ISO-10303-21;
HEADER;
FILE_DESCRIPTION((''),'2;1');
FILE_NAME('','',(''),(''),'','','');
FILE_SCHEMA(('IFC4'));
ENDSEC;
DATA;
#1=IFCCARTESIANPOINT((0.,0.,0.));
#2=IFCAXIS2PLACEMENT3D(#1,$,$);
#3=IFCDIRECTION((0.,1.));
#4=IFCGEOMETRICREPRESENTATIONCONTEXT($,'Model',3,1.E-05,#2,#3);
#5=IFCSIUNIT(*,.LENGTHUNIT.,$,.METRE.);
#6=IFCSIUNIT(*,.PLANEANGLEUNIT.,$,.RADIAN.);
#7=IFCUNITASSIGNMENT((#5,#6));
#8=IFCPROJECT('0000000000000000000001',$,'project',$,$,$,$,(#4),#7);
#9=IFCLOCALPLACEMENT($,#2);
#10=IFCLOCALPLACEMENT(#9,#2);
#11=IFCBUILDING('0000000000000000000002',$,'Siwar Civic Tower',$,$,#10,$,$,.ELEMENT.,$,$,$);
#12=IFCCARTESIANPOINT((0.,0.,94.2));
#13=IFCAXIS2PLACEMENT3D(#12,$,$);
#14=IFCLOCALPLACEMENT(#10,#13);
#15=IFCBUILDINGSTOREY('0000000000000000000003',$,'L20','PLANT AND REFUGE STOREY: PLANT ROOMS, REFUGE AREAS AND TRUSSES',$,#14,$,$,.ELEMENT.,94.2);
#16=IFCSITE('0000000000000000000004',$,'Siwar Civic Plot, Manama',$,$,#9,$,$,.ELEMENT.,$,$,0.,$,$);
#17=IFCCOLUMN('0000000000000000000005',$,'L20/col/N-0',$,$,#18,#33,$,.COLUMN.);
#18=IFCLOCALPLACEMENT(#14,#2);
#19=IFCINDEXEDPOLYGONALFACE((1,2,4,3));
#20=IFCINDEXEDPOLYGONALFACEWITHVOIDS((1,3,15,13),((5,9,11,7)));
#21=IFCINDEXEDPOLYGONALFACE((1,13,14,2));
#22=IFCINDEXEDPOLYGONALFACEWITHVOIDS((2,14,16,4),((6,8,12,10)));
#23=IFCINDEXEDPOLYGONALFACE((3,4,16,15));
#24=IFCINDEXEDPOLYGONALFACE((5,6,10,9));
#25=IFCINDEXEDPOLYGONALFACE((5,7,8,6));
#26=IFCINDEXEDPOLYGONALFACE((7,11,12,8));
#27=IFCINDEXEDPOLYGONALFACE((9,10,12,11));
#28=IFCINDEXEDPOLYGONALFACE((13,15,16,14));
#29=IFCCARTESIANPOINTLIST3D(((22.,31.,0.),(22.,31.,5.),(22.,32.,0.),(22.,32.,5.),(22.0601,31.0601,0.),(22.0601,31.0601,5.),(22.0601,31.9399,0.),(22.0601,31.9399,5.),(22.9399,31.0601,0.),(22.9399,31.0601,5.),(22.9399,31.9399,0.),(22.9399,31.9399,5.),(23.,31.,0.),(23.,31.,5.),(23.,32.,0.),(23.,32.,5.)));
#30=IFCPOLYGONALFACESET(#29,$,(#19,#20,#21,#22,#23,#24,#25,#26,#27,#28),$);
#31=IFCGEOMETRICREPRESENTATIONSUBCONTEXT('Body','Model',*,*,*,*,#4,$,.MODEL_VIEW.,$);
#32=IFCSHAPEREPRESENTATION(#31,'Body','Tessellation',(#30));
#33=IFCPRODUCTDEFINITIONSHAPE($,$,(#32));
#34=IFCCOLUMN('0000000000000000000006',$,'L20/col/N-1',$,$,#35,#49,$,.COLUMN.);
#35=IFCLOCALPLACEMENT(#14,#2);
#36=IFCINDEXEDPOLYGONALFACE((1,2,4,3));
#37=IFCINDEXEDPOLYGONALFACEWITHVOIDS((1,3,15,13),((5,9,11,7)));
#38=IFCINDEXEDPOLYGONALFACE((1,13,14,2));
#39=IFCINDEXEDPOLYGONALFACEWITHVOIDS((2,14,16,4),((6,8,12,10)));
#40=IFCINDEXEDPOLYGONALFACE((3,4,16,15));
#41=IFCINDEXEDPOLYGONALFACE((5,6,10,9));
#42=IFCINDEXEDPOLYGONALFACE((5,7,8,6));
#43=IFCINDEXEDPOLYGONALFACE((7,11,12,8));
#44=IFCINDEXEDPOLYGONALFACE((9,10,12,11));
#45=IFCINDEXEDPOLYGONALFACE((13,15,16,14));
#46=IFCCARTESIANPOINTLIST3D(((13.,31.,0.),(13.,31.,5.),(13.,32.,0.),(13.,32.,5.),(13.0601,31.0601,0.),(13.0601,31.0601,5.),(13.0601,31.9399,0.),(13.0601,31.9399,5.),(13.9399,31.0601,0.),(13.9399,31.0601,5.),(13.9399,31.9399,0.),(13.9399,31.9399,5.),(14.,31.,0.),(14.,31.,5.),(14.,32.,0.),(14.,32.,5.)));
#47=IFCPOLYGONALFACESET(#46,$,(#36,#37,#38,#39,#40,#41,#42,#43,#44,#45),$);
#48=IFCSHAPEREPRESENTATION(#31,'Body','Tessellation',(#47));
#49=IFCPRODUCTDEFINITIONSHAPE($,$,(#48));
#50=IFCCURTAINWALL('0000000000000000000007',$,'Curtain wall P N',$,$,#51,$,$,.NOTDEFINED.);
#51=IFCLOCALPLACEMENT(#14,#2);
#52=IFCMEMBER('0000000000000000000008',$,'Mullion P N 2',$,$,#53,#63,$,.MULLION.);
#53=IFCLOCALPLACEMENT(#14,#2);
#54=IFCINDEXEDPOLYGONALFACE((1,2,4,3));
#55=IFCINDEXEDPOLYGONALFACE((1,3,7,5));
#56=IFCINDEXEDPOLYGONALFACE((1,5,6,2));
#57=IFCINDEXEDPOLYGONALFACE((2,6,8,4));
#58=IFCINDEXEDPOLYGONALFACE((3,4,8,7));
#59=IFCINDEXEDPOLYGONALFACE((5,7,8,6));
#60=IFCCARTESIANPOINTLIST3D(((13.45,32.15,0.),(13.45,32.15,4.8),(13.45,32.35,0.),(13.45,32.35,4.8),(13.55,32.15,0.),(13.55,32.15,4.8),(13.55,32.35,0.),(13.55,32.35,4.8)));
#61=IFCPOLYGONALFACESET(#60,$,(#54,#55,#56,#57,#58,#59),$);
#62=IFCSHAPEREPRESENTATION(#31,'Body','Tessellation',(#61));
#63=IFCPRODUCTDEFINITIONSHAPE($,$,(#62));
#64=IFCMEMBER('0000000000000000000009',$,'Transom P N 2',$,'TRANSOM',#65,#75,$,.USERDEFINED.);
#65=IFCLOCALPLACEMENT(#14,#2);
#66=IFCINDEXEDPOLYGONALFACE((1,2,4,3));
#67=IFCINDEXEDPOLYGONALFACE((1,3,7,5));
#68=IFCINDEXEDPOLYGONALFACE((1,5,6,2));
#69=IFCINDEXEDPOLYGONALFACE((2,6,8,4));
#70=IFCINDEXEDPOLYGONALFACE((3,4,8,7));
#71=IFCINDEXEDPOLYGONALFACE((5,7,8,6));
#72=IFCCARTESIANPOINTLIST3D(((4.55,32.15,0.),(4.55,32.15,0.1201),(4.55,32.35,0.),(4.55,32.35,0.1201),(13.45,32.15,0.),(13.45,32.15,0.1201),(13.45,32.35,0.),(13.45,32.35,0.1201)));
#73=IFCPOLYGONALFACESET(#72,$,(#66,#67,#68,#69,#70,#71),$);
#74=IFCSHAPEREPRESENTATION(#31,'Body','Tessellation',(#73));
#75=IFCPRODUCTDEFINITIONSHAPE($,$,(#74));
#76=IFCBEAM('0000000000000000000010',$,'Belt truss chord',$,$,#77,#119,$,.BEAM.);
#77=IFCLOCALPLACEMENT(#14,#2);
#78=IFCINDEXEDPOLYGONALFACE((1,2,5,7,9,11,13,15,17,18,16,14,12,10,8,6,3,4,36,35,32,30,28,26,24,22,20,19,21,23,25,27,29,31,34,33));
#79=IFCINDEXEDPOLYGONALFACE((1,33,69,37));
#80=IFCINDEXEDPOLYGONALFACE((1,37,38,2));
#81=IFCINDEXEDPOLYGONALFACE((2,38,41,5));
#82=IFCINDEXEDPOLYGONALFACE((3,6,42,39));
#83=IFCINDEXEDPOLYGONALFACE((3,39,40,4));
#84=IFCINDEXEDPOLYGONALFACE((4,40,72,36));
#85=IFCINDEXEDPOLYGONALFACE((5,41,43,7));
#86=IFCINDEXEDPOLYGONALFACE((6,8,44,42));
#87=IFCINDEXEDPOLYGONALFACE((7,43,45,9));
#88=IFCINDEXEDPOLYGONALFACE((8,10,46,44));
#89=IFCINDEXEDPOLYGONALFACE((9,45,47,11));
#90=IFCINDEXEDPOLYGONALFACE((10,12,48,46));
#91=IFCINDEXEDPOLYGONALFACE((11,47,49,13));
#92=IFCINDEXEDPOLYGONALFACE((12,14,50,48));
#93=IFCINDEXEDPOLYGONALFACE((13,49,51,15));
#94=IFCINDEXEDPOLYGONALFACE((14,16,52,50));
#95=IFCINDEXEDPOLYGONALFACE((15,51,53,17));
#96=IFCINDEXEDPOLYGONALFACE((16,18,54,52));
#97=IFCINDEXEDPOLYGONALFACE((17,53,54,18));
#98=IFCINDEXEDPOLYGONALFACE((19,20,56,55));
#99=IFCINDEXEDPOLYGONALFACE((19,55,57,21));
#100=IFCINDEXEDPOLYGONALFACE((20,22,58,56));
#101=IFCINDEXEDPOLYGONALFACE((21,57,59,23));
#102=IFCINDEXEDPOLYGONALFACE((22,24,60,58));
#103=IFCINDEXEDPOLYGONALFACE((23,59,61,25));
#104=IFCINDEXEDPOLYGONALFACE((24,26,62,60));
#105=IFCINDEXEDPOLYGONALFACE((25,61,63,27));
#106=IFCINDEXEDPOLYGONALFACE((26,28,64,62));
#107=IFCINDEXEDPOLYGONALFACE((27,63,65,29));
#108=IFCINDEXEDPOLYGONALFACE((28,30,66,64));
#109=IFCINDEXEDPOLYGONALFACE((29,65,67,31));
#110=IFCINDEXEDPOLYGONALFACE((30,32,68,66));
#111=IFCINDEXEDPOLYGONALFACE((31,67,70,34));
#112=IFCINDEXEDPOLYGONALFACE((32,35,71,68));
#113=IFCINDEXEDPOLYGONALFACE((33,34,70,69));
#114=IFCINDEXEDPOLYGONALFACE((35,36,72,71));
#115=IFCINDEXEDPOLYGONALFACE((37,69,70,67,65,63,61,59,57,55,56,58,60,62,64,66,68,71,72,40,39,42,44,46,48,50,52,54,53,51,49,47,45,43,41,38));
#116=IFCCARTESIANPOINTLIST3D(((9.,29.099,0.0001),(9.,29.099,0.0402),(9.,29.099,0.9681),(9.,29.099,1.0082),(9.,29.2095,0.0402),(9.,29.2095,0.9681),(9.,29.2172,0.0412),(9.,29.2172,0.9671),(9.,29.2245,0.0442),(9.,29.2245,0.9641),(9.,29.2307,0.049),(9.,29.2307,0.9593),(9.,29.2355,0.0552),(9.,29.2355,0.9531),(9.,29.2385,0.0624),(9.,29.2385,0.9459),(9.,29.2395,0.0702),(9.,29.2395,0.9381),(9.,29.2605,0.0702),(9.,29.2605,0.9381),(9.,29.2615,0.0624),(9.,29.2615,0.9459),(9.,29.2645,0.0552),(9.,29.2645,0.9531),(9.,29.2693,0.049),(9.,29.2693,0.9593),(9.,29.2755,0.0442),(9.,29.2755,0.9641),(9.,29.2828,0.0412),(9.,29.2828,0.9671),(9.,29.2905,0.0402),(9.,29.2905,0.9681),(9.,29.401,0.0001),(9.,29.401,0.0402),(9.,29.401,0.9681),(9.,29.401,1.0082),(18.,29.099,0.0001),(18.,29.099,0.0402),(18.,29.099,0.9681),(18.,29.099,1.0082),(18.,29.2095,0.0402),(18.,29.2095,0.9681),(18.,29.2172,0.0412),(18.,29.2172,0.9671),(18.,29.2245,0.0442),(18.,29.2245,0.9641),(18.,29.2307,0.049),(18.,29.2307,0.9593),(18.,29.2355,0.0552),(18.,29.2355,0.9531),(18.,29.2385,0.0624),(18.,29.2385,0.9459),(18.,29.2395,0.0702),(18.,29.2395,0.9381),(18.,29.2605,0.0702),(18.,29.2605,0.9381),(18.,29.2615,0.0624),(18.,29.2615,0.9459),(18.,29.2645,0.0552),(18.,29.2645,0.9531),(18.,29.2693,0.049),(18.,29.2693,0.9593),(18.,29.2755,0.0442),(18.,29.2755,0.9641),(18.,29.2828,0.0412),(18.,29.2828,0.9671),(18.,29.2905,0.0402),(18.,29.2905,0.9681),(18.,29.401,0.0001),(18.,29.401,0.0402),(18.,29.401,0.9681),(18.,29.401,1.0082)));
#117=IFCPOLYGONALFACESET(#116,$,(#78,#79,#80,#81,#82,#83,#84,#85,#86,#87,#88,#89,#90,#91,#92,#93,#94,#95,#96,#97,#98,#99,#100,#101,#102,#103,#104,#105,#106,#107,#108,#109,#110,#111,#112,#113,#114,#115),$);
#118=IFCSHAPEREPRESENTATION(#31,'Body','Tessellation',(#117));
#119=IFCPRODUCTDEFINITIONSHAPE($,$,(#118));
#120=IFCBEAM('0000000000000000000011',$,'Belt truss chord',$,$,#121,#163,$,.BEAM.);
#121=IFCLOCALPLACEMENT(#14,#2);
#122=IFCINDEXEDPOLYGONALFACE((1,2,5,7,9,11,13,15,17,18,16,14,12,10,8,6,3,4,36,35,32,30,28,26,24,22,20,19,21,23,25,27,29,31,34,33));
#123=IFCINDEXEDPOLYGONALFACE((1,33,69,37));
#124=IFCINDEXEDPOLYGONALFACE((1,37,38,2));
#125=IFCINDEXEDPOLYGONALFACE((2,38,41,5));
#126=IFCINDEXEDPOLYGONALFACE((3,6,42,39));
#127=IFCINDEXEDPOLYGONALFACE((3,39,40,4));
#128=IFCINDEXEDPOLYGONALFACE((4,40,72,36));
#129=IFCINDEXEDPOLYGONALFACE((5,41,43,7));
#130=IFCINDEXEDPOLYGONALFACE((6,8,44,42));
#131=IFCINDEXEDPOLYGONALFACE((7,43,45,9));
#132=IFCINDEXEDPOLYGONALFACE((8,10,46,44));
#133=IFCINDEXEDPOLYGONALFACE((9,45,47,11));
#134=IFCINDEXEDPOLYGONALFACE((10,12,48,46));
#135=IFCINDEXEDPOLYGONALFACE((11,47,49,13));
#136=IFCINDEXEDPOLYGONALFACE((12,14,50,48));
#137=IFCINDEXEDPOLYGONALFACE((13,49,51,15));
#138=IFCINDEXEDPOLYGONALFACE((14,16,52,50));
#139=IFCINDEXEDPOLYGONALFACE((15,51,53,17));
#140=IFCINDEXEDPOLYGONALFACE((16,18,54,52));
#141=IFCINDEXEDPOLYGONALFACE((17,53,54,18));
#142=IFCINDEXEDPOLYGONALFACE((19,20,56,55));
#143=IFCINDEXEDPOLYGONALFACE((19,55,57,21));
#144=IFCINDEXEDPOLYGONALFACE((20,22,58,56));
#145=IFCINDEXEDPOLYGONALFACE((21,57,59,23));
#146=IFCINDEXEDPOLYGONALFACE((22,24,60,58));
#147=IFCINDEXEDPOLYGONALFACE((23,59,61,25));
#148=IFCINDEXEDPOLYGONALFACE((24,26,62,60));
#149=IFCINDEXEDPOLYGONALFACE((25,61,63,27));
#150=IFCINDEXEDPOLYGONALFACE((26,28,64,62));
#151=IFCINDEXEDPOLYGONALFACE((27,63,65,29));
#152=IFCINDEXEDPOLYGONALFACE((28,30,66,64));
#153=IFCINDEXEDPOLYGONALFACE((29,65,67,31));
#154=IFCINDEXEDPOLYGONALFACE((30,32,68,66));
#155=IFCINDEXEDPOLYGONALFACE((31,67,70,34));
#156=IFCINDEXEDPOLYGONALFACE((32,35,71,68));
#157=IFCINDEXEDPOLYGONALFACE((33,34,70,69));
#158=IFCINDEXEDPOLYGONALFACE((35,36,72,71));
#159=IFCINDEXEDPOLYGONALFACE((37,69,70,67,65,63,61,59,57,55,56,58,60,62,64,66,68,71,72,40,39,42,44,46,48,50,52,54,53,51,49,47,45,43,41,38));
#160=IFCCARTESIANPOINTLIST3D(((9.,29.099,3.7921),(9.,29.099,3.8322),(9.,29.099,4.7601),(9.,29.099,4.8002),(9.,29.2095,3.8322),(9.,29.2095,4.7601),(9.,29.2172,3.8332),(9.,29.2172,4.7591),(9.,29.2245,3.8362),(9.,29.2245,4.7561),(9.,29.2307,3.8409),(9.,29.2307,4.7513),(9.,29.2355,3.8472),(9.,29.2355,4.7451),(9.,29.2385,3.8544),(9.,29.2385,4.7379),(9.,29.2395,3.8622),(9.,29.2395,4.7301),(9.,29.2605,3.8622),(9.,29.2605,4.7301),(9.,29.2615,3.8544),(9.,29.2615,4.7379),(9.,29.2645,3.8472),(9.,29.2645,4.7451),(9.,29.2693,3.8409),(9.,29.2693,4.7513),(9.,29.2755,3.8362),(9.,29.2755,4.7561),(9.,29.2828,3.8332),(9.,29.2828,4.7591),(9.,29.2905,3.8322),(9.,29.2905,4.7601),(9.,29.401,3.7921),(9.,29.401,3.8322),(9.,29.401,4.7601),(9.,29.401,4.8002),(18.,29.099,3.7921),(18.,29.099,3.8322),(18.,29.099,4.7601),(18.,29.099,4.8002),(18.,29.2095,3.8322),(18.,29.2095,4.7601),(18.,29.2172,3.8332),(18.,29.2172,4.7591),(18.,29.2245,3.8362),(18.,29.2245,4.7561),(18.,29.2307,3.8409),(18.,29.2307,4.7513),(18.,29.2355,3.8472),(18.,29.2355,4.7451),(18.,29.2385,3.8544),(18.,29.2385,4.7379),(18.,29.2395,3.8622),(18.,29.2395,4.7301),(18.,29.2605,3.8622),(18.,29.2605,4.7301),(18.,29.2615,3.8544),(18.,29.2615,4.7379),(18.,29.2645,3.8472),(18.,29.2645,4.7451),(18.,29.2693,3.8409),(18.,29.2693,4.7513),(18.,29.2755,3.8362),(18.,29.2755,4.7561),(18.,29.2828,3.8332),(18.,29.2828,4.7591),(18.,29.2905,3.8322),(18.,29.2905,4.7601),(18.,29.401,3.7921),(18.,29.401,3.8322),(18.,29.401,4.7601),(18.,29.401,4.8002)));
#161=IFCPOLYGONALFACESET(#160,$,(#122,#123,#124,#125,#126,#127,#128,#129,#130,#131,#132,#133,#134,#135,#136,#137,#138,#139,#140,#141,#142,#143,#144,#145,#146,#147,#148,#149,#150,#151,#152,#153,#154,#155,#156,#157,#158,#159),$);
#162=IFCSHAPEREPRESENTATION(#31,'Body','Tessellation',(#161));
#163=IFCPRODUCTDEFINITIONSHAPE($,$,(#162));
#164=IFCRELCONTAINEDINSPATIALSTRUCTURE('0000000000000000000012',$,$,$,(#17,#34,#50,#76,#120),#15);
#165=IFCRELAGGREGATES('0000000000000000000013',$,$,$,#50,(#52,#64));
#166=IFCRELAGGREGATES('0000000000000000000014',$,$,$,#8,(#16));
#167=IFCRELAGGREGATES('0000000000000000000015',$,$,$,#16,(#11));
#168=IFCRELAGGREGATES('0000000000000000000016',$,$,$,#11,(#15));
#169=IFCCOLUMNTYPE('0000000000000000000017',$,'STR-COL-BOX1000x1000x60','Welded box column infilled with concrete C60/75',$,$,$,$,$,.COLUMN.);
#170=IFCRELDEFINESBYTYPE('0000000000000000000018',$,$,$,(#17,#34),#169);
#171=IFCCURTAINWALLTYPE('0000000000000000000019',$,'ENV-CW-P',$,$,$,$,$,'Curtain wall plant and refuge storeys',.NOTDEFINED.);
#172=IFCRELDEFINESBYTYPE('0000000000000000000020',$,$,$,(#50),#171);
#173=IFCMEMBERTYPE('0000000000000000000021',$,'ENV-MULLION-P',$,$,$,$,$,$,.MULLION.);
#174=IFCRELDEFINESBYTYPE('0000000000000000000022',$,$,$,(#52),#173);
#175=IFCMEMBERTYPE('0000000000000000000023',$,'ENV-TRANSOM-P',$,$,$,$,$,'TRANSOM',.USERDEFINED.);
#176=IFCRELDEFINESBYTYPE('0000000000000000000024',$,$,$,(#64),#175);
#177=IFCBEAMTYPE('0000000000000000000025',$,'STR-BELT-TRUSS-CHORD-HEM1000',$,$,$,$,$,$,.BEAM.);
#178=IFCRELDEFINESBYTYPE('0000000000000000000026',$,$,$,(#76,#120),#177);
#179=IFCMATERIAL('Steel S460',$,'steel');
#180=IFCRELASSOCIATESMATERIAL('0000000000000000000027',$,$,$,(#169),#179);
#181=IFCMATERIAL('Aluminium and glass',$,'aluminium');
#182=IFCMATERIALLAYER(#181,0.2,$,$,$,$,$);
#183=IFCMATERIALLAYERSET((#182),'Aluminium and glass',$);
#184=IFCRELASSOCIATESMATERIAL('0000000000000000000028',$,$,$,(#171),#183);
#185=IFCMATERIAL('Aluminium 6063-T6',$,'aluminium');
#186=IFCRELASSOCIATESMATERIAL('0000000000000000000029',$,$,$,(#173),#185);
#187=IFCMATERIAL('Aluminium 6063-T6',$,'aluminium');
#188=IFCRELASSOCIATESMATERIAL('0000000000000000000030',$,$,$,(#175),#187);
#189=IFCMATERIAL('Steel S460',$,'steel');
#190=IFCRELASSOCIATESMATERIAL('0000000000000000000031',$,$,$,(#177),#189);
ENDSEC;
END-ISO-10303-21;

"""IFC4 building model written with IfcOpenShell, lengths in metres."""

from ifc_helpers import new_model, si_unit, direction, frame, origin, origin_2d, place, context, subcontext, project, spatial, rectangle, hollow_rectangle, i_section, extrude, material, layer, layer_set, material_profile, profile_set, type_object, element, aggregate, save


model = new_model("IFC4")

# Units and contexts
model_context = context("Model", 3, precision=1e-05, world=origin(), true_north=direction((0.0, 1.0)))
body_context = subcontext(model_context, "Body", "Model", "MODEL_VIEW")
ifc_project = project(units=[si_unit("LENGTHUNIT", "METRE"), si_unit("PLANEANGLEUNIT", "RADIAN")], contexts=[model_context])

# Site, building, storey
site_placement = place(None, origin())
site = spatial("IfcSite", under=ifc_project, at=site_placement, Name="Siwar Civic Plot, Manama", CompositionType="ELEMENT", RefElevation=0.0)
building_placement = place(site_placement, origin())
building = spatial("IfcBuilding", under=site, at=building_placement, Name="Siwar Civic Tower", CompositionType="ELEMENT")
storey_placement = place(building_placement, frame((0.0, 0.0, 94.2)))
storey = spatial("IfcBuildingStorey", under=building, at=storey_placement, Name="L20", Description="PLANT AND REFUGE STOREY: PLANT ROOMS, REFUGE AREAS AND TRUSSES", CompositionType="ELEMENT", Elevation=94.2)

# Columns
ifc_material_1 = material(Name="Steel S460", Category="steel")
ifc_material_profile_1 = material_profile(ifc_material_1, hollow_rectangle(XDim=1.0, YDim=1.0, WallThickness=0.0601, at=origin_2d()), Name="BOX1000x1000x60")
ifc_profile_set_1 = profile_set([ifc_material_profile_1], Name="Steel S460")
column_type = type_object("IfcColumnType", Name="STR-COL-BOX1000x1000x60", Description="Welded box column infilled with concrete C60/75", PredefinedType="COLUMN", material=ifc_profile_set_1)
for number, where, z_axis, x_axis, name in (
    (1, (22.5, 31.5, 0.0), (0.0, 0.0, 1.0), (1.0, 0.0, 0.0), "L20/col/N-0"),
    (2, (13.5, 31.5, 0.0), (0.0, 0.0, 1.0), (1.0, 0.0, 0.0), "L20/col/N-1"),
):
    element("IfcColumn", number, at=place(storey_placement, frame(where, z_axis=z_axis, x_axis=x_axis)), inside=storey, type_object=column_type, Name=name, PredefinedType="COLUMN", context=body_context, shape_type="SweptSolid", body=[
        extrude(hollow_rectangle(XDim=1.0, YDim=1.0, WallThickness=0.0601, at=origin_2d()), origin(), (0.0, 0.0, 1.0), 5.0),
    ])

# Curtain wall, members
ifc_material_2 = material(Name="Aluminium and glass", Category="aluminium")
ifc_layer_1 = layer(ifc_material_2, 0.2)
ifc_layer_set_1 = layer_set([ifc_layer_1], Name="Aluminium and glass")
curtain_wall_type = type_object("IfcCurtainWallType", Name="ENV-CW-P", ElementType="Curtain wall plant and refuge storeys", PredefinedType="NOTDEFINED", material=ifc_layer_set_1)
curtain_wall_placement = place(storey_placement, origin())
curtain_wall = element("IfcCurtainWall", 3, at=curtain_wall_placement, inside=storey, type_object=curtain_wall_type, Name="Curtain wall P N", PredefinedType="NOTDEFINED")
ifc_material_3 = material(Name="Aluminium 6063-T6", Category="aluminium")
ifc_material_profile_2 = material_profile(ifc_material_3, rectangle(XDim=0.2, YDim=0.1001, at=origin_2d()), Name="AL 200x100")
ifc_profile_set_2 = profile_set([ifc_material_profile_2], Name="Aluminium 6063-T6")
member_type_1 = type_object("IfcMemberType", Name="ENV-MULLION-P", PredefinedType="MULLION", material=ifc_profile_set_2)
member_1_placement = place(storey_placement, frame((13.5, 32.25, 0.0), z_axis=(0.0, 0.0, 1.0), x_axis=(0.0, -1.0, 0.0)))
member_1 = element("IfcMember", 4, at=member_1_placement, type_object=member_type_1, Name="Mullion P N 2", PredefinedType="MULLION", context=body_context, shape_type="SweptSolid", body=[
    extrude(rectangle(XDim=0.2, YDim=0.1001, at=origin_2d()), origin(), (0.0, 0.0, 1.0), 4.8),
])
ifc_material_4 = material(Name="Aluminium 6063-T6", Category="aluminium")
ifc_material_profile_3 = material_profile(ifc_material_4, rectangle(XDim=0.2, YDim=0.1201, at=origin_2d()), Name="AL 200x120")
ifc_profile_set_3 = profile_set([ifc_material_profile_3], Name="Aluminium 6063-T6")
member_type_2 = type_object("IfcMemberType", Name="ENV-TRANSOM-P", ElementType="TRANSOM", PredefinedType="USERDEFINED", material=ifc_profile_set_3)
member_2_placement = place(storey_placement, frame((13.45, 32.25, 0.0601), z_axis=(-1.0, 0.0, 0.0), x_axis=(0.0, -1.0, 0.0)))
member_2 = element("IfcMember", 5, at=member_2_placement, type_object=member_type_2, Name="Transom P N 2", ObjectType="TRANSOM", PredefinedType="USERDEFINED", context=body_context, shape_type="SweptSolid", body=[
    extrude(rectangle(XDim=0.2, YDim=0.1201, at=origin_2d()), origin(), (0.0, 0.0, 1.0), 8.8999),
])

# Beams
ifc_material_5 = material(Name="Steel S460", Category="steel")
ifc_material_profile_4 = material_profile(ifc_material_5, i_section(OverallWidth=0.302, OverallDepth=1.0081, WebThickness=0.021, FlangeThickness=0.04, FilletRadius=0.03, at=origin_2d()), Name="HEM1000")
ifc_profile_set_4 = profile_set([ifc_material_profile_4], Name="Steel S460")
beam_type_1 = type_object("IfcBeamType", Name="STR-BELT-TRUSS-CHORD-HEM1000", PredefinedType="BEAM", material=ifc_profile_set_4)
for number, where, z_axis, x_axis, name in (
    (6, (18.0, 29.25, 0.5042), (-1.0, 0.0, 0.0), (0.0, -1.0, 0.0), "Belt truss chord"),
    (7, (18.0, 29.25, 4.2961), (-1.0, 0.0, 0.0), (0.0, -1.0, 0.0), "Belt truss chord"),
):
    element("IfcBeam", number, at=place(storey_placement, frame(where, z_axis=z_axis, x_axis=x_axis)), inside=storey, type_object=beam_type_1, Name=name, PredefinedType="BEAM", context=body_context, shape_type="SweptSolid", body=[
        extrude(i_section(OverallWidth=0.302, OverallDepth=1.0081, WebThickness=0.021, FlangeThickness=0.04, FilletRadius=0.03, at=origin_2d()), origin(), (0.0, 0.0, 1.0), 9.0),
    ])

aggregate(curtain_wall, [member_1, member_2])

save(model, "model.ifc")
